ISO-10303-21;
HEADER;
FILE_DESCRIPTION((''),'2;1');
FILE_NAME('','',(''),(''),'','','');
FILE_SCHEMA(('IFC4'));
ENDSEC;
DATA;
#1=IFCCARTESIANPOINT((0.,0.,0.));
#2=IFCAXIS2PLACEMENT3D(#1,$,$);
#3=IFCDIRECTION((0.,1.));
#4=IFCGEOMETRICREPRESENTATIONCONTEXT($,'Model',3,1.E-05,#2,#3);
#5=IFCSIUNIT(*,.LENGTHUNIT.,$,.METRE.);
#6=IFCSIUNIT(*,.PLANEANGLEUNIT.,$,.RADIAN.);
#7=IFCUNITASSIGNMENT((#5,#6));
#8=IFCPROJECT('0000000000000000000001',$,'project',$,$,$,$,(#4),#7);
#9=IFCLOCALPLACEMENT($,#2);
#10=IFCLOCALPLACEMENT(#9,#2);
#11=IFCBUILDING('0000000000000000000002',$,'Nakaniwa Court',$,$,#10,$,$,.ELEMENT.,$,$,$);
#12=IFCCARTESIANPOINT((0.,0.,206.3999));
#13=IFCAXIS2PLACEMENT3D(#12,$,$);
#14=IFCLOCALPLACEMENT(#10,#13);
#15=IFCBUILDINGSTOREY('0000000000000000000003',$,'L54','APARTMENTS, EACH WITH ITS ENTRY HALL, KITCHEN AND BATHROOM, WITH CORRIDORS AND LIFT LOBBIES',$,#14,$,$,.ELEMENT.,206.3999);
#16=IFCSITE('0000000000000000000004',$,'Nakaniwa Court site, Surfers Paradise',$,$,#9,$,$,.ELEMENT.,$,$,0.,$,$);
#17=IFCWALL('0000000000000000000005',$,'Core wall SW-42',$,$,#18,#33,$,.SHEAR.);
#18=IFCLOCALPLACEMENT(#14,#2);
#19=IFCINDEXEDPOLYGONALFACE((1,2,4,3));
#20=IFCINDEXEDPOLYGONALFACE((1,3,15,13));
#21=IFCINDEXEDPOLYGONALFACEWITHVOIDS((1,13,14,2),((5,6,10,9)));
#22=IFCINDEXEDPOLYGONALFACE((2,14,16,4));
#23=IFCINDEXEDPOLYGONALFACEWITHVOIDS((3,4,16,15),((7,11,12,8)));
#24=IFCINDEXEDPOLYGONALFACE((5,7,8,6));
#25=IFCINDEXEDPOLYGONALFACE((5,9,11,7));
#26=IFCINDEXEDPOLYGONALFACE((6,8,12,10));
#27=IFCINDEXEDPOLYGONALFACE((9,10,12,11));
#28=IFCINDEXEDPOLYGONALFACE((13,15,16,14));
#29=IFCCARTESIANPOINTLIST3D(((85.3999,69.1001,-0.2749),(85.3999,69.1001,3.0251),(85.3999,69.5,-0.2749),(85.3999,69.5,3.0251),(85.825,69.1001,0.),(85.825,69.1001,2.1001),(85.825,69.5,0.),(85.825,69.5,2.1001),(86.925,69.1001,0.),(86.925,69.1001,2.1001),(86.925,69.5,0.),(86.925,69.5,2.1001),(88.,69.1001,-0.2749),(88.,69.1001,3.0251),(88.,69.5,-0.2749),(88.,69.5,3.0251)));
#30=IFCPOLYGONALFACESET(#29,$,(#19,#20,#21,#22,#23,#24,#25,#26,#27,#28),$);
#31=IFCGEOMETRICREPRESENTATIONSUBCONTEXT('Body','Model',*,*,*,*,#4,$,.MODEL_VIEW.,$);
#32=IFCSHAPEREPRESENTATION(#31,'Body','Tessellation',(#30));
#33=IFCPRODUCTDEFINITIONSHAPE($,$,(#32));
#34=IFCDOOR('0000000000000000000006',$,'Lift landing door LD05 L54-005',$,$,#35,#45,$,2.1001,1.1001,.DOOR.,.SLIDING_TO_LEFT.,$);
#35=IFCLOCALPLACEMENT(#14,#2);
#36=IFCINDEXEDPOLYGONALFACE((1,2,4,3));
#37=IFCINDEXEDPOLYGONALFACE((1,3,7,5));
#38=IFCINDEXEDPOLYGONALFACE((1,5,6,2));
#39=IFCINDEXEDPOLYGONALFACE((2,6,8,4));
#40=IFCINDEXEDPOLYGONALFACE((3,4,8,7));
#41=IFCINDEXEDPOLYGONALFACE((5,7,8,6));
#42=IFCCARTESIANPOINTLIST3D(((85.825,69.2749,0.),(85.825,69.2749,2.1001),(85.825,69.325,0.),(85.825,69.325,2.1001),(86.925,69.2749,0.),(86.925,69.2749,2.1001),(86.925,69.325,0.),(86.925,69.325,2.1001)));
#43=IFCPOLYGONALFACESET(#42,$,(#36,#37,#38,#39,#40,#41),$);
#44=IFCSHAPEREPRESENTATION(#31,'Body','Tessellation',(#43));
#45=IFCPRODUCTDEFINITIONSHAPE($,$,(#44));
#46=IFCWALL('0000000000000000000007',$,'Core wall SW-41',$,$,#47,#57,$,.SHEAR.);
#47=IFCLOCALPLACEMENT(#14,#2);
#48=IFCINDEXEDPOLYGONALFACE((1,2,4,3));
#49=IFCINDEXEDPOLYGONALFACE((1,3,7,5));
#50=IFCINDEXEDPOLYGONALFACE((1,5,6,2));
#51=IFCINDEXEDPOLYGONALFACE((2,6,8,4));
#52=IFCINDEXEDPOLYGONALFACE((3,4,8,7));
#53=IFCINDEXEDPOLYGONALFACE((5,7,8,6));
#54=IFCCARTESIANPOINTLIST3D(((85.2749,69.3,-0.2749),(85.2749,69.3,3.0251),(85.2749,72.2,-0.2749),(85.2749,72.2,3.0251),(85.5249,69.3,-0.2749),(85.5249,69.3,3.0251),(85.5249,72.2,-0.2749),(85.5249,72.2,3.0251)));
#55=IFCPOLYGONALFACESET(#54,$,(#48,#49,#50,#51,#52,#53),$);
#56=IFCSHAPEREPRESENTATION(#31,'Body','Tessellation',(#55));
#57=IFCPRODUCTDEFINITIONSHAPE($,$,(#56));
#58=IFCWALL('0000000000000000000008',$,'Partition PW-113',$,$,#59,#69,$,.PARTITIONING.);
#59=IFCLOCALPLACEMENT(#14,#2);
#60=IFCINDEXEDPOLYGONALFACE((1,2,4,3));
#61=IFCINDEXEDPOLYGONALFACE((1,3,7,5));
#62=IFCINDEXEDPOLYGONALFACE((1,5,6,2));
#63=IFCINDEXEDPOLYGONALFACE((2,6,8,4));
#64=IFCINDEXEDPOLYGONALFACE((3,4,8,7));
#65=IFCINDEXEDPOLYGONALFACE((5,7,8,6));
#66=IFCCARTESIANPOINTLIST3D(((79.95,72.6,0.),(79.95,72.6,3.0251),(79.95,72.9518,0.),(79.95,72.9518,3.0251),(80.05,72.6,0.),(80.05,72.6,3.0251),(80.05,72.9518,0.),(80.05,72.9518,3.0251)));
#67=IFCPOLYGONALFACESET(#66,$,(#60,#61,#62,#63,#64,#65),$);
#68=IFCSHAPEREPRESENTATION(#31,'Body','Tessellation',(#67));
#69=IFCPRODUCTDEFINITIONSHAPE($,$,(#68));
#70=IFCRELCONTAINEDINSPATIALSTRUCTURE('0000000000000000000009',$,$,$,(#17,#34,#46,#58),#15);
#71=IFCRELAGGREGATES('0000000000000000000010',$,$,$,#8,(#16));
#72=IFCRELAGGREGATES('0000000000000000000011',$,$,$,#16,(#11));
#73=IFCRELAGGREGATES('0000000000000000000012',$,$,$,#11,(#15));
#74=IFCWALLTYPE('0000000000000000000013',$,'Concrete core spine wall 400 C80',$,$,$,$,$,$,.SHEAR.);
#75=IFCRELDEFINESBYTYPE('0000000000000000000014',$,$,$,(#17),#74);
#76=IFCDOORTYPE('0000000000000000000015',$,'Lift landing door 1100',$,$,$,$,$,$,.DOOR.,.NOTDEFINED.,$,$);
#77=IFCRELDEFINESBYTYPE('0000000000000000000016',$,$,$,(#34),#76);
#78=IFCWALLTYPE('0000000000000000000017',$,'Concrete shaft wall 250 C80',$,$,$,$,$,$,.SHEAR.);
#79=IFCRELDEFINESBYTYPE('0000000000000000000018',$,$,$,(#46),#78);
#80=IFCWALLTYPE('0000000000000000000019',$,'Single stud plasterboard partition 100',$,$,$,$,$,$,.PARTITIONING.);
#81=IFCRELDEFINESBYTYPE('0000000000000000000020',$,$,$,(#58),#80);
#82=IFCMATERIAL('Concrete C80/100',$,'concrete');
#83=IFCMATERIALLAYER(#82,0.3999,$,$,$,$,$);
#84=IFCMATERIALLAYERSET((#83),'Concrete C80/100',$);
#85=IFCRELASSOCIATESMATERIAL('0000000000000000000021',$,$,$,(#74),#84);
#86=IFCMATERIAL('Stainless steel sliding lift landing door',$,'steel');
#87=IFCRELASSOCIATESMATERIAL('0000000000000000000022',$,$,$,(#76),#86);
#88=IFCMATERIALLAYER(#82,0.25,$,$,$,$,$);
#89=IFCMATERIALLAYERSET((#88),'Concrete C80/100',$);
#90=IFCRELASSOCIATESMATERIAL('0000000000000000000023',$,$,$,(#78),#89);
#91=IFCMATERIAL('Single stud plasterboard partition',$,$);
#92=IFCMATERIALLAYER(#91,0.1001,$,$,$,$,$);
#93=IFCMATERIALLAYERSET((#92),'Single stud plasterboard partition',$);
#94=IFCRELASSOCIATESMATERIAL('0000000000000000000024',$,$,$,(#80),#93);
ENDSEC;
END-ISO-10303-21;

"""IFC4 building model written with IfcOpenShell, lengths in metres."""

from ifc_helpers import new_model, si_unit, direction, frame, frame_2d, origin, place, context, subcontext, project, spatial, rectangle, extrude, material, layer, layer_set, type_object, element, fill, save


model = new_model("IFC4")

# Units and contexts
model_context = context("Model", 3, precision=1e-05, world=origin(), true_north=direction((0.0, 1.0)))
body_context = subcontext(model_context, "Body", "Model", "MODEL_VIEW")
ifc_project = project(units=[si_unit("LENGTHUNIT", "METRE"), si_unit("PLANEANGLEUNIT", "RADIAN")], contexts=[model_context])

# Site, building, storey
site_placement = place(None, origin())
site = spatial("IfcSite", under=ifc_project, at=site_placement, Name="Nakaniwa Court site, Surfers Paradise", CompositionType="ELEMENT", RefElevation=0.0)
building_placement = place(site_placement, origin())
building = spatial("IfcBuilding", under=site, at=building_placement, Name="Nakaniwa Court", CompositionType="ELEMENT")
storey_placement = place(building_placement, frame((0.0, 0.0, 206.3999)))
storey = spatial("IfcBuildingStorey", under=building, at=storey_placement, Name="L54", Description="APARTMENTS, EACH WITH ITS ENTRY HALL, KITCHEN AND BATHROOM, WITH CORRIDORS AND LIFT LOBBIES", CompositionType="ELEMENT", Elevation=206.3999)

# Shared definitions
ifc_material_1 = material(Name="Concrete C80/100", Category="concrete")

# Wall, opening, door
ifc_layer_1 = layer(ifc_material_1, 0.3999)
ifc_layer_set_1 = layer_set([ifc_layer_1], Name="Concrete C80/100")
wall_type_1 = type_object("IfcWallType", Name="Concrete core spine wall 400 C80", PredefinedType="SHEAR", material=ifc_layer_set_1)
wall_1_placement = place(storey_placement, frame((85.3999, 69.3, -0.2749), z_axis=(0.0, 0.0, 1.0), x_axis=(1.0, 0.0, 0.0)))
wall_1 = element("IfcWall", 1, at=wall_1_placement, inside=storey, type_object=wall_type_1, Name="Core wall SW-42", PredefinedType="SHEAR", context=body_context, shape_type="SweptSolid", body=[
    extrude(rectangle(XDim=2.6001, YDim=0.3999, at=frame_2d((1.3, 0.0))), origin(), (0.0, 0.0, 1.0), 3.3),
])
opening_1_placement = place(wall_1_placement, frame((0.425, 0.0, 0.2749)))
opening_1 = element("IfcOpeningElement", 2, at=opening_1_placement, cuts=wall_1, PredefinedType="OPENING", context=body_context, shape_type="SweptSolid", body=[
    extrude(rectangle(XDim=1.1001, YDim=2.1001, at=frame_2d((0.55, 1.05))), frame((0.0, 0.21, 0.0), z_axis=(0.0, -1.0, 0.0), x_axis=(1.0, 0.0, 0.0)), (0.0, 0.0, 1.0), 0.4199),
])
ifc_material_2 = material(Name="Stainless steel sliding lift landing door", Category="steel")
door_type_1 = type_object("IfcDoorType", Name="Lift landing door 1100", OperationType="NOTDEFINED", PredefinedType="DOOR", material=ifc_material_2)
door_1_placement = place(opening_1_placement, origin())
door_1 = element("IfcDoor", 3, at=door_1_placement, inside=storey, type_object=door_type_1, Name="Lift landing door LD05 L54-005", OperationType="SLIDING_TO_LEFT", OverallHeight=2.1001, OverallWidth=1.1001, PredefinedType="DOOR", context=body_context, shape_type="SweptSolid", body=[
    extrude(rectangle(XDim=1.1001, YDim=2.1001, at=frame_2d((0.55, 1.05))), frame((0.0, 0.0249, 0.0), z_axis=(0.0, -1.0, 0.0), x_axis=(1.0, 0.0, 0.0)), (0.0, 0.0, 1.0), 0.05),
])
fill(opening_1, door_1)

# Walls
ifc_layer_2 = layer(ifc_material_1, 0.25)
ifc_layer_set_2 = layer_set([ifc_layer_2], Name="Concrete C80/100")
wall_type_2 = type_object("IfcWallType", Name="Concrete shaft wall 250 C80", PredefinedType="SHEAR", material=ifc_layer_set_2)
wall_2_placement = place(storey_placement, frame((85.3999, 69.3, -0.2749), z_axis=(0.0, 0.0, 1.0), x_axis=(0.0, 1.0, 0.0)))
element("IfcWall", 4, at=wall_2_placement, inside=storey, type_object=wall_type_2, Name="Core wall SW-41", PredefinedType="SHEAR", context=body_context, shape_type="SweptSolid", body=[
    extrude(rectangle(XDim=2.8999, YDim=0.25, at=frame_2d((1.45, 0.0))), origin(), (0.0, 0.0, 1.0), 3.3),
])
ifc_material_3 = material(Name="Single stud plasterboard partition")
ifc_layer_3 = layer(ifc_material_3, 0.1001)
ifc_layer_set_3 = layer_set([ifc_layer_3], Name="Single stud plasterboard partition")
wall_type_3 = type_object("IfcWallType", Name="Single stud plasterboard partition 100", PredefinedType="PARTITIONING", material=ifc_layer_set_3)
wall_3_placement = place(storey_placement, frame((80.0, 72.6001, 0.0), z_axis=(0.0, 0.0, 1.0), x_axis=(0.0, 1.0, 0.0)))
element("IfcWall", 5, at=wall_3_placement, inside=storey, type_object=wall_type_3, Name="Partition PW-113", PredefinedType="PARTITIONING", context=body_context, shape_type="SweptSolid", body=[
    extrude(rectangle(XDim=0.3518, YDim=0.1001, at=frame_2d((0.1758, 0.0))), origin(), (0.0, 0.0, 1.0), 3.0251),
])

save(model, "model.ifc")
